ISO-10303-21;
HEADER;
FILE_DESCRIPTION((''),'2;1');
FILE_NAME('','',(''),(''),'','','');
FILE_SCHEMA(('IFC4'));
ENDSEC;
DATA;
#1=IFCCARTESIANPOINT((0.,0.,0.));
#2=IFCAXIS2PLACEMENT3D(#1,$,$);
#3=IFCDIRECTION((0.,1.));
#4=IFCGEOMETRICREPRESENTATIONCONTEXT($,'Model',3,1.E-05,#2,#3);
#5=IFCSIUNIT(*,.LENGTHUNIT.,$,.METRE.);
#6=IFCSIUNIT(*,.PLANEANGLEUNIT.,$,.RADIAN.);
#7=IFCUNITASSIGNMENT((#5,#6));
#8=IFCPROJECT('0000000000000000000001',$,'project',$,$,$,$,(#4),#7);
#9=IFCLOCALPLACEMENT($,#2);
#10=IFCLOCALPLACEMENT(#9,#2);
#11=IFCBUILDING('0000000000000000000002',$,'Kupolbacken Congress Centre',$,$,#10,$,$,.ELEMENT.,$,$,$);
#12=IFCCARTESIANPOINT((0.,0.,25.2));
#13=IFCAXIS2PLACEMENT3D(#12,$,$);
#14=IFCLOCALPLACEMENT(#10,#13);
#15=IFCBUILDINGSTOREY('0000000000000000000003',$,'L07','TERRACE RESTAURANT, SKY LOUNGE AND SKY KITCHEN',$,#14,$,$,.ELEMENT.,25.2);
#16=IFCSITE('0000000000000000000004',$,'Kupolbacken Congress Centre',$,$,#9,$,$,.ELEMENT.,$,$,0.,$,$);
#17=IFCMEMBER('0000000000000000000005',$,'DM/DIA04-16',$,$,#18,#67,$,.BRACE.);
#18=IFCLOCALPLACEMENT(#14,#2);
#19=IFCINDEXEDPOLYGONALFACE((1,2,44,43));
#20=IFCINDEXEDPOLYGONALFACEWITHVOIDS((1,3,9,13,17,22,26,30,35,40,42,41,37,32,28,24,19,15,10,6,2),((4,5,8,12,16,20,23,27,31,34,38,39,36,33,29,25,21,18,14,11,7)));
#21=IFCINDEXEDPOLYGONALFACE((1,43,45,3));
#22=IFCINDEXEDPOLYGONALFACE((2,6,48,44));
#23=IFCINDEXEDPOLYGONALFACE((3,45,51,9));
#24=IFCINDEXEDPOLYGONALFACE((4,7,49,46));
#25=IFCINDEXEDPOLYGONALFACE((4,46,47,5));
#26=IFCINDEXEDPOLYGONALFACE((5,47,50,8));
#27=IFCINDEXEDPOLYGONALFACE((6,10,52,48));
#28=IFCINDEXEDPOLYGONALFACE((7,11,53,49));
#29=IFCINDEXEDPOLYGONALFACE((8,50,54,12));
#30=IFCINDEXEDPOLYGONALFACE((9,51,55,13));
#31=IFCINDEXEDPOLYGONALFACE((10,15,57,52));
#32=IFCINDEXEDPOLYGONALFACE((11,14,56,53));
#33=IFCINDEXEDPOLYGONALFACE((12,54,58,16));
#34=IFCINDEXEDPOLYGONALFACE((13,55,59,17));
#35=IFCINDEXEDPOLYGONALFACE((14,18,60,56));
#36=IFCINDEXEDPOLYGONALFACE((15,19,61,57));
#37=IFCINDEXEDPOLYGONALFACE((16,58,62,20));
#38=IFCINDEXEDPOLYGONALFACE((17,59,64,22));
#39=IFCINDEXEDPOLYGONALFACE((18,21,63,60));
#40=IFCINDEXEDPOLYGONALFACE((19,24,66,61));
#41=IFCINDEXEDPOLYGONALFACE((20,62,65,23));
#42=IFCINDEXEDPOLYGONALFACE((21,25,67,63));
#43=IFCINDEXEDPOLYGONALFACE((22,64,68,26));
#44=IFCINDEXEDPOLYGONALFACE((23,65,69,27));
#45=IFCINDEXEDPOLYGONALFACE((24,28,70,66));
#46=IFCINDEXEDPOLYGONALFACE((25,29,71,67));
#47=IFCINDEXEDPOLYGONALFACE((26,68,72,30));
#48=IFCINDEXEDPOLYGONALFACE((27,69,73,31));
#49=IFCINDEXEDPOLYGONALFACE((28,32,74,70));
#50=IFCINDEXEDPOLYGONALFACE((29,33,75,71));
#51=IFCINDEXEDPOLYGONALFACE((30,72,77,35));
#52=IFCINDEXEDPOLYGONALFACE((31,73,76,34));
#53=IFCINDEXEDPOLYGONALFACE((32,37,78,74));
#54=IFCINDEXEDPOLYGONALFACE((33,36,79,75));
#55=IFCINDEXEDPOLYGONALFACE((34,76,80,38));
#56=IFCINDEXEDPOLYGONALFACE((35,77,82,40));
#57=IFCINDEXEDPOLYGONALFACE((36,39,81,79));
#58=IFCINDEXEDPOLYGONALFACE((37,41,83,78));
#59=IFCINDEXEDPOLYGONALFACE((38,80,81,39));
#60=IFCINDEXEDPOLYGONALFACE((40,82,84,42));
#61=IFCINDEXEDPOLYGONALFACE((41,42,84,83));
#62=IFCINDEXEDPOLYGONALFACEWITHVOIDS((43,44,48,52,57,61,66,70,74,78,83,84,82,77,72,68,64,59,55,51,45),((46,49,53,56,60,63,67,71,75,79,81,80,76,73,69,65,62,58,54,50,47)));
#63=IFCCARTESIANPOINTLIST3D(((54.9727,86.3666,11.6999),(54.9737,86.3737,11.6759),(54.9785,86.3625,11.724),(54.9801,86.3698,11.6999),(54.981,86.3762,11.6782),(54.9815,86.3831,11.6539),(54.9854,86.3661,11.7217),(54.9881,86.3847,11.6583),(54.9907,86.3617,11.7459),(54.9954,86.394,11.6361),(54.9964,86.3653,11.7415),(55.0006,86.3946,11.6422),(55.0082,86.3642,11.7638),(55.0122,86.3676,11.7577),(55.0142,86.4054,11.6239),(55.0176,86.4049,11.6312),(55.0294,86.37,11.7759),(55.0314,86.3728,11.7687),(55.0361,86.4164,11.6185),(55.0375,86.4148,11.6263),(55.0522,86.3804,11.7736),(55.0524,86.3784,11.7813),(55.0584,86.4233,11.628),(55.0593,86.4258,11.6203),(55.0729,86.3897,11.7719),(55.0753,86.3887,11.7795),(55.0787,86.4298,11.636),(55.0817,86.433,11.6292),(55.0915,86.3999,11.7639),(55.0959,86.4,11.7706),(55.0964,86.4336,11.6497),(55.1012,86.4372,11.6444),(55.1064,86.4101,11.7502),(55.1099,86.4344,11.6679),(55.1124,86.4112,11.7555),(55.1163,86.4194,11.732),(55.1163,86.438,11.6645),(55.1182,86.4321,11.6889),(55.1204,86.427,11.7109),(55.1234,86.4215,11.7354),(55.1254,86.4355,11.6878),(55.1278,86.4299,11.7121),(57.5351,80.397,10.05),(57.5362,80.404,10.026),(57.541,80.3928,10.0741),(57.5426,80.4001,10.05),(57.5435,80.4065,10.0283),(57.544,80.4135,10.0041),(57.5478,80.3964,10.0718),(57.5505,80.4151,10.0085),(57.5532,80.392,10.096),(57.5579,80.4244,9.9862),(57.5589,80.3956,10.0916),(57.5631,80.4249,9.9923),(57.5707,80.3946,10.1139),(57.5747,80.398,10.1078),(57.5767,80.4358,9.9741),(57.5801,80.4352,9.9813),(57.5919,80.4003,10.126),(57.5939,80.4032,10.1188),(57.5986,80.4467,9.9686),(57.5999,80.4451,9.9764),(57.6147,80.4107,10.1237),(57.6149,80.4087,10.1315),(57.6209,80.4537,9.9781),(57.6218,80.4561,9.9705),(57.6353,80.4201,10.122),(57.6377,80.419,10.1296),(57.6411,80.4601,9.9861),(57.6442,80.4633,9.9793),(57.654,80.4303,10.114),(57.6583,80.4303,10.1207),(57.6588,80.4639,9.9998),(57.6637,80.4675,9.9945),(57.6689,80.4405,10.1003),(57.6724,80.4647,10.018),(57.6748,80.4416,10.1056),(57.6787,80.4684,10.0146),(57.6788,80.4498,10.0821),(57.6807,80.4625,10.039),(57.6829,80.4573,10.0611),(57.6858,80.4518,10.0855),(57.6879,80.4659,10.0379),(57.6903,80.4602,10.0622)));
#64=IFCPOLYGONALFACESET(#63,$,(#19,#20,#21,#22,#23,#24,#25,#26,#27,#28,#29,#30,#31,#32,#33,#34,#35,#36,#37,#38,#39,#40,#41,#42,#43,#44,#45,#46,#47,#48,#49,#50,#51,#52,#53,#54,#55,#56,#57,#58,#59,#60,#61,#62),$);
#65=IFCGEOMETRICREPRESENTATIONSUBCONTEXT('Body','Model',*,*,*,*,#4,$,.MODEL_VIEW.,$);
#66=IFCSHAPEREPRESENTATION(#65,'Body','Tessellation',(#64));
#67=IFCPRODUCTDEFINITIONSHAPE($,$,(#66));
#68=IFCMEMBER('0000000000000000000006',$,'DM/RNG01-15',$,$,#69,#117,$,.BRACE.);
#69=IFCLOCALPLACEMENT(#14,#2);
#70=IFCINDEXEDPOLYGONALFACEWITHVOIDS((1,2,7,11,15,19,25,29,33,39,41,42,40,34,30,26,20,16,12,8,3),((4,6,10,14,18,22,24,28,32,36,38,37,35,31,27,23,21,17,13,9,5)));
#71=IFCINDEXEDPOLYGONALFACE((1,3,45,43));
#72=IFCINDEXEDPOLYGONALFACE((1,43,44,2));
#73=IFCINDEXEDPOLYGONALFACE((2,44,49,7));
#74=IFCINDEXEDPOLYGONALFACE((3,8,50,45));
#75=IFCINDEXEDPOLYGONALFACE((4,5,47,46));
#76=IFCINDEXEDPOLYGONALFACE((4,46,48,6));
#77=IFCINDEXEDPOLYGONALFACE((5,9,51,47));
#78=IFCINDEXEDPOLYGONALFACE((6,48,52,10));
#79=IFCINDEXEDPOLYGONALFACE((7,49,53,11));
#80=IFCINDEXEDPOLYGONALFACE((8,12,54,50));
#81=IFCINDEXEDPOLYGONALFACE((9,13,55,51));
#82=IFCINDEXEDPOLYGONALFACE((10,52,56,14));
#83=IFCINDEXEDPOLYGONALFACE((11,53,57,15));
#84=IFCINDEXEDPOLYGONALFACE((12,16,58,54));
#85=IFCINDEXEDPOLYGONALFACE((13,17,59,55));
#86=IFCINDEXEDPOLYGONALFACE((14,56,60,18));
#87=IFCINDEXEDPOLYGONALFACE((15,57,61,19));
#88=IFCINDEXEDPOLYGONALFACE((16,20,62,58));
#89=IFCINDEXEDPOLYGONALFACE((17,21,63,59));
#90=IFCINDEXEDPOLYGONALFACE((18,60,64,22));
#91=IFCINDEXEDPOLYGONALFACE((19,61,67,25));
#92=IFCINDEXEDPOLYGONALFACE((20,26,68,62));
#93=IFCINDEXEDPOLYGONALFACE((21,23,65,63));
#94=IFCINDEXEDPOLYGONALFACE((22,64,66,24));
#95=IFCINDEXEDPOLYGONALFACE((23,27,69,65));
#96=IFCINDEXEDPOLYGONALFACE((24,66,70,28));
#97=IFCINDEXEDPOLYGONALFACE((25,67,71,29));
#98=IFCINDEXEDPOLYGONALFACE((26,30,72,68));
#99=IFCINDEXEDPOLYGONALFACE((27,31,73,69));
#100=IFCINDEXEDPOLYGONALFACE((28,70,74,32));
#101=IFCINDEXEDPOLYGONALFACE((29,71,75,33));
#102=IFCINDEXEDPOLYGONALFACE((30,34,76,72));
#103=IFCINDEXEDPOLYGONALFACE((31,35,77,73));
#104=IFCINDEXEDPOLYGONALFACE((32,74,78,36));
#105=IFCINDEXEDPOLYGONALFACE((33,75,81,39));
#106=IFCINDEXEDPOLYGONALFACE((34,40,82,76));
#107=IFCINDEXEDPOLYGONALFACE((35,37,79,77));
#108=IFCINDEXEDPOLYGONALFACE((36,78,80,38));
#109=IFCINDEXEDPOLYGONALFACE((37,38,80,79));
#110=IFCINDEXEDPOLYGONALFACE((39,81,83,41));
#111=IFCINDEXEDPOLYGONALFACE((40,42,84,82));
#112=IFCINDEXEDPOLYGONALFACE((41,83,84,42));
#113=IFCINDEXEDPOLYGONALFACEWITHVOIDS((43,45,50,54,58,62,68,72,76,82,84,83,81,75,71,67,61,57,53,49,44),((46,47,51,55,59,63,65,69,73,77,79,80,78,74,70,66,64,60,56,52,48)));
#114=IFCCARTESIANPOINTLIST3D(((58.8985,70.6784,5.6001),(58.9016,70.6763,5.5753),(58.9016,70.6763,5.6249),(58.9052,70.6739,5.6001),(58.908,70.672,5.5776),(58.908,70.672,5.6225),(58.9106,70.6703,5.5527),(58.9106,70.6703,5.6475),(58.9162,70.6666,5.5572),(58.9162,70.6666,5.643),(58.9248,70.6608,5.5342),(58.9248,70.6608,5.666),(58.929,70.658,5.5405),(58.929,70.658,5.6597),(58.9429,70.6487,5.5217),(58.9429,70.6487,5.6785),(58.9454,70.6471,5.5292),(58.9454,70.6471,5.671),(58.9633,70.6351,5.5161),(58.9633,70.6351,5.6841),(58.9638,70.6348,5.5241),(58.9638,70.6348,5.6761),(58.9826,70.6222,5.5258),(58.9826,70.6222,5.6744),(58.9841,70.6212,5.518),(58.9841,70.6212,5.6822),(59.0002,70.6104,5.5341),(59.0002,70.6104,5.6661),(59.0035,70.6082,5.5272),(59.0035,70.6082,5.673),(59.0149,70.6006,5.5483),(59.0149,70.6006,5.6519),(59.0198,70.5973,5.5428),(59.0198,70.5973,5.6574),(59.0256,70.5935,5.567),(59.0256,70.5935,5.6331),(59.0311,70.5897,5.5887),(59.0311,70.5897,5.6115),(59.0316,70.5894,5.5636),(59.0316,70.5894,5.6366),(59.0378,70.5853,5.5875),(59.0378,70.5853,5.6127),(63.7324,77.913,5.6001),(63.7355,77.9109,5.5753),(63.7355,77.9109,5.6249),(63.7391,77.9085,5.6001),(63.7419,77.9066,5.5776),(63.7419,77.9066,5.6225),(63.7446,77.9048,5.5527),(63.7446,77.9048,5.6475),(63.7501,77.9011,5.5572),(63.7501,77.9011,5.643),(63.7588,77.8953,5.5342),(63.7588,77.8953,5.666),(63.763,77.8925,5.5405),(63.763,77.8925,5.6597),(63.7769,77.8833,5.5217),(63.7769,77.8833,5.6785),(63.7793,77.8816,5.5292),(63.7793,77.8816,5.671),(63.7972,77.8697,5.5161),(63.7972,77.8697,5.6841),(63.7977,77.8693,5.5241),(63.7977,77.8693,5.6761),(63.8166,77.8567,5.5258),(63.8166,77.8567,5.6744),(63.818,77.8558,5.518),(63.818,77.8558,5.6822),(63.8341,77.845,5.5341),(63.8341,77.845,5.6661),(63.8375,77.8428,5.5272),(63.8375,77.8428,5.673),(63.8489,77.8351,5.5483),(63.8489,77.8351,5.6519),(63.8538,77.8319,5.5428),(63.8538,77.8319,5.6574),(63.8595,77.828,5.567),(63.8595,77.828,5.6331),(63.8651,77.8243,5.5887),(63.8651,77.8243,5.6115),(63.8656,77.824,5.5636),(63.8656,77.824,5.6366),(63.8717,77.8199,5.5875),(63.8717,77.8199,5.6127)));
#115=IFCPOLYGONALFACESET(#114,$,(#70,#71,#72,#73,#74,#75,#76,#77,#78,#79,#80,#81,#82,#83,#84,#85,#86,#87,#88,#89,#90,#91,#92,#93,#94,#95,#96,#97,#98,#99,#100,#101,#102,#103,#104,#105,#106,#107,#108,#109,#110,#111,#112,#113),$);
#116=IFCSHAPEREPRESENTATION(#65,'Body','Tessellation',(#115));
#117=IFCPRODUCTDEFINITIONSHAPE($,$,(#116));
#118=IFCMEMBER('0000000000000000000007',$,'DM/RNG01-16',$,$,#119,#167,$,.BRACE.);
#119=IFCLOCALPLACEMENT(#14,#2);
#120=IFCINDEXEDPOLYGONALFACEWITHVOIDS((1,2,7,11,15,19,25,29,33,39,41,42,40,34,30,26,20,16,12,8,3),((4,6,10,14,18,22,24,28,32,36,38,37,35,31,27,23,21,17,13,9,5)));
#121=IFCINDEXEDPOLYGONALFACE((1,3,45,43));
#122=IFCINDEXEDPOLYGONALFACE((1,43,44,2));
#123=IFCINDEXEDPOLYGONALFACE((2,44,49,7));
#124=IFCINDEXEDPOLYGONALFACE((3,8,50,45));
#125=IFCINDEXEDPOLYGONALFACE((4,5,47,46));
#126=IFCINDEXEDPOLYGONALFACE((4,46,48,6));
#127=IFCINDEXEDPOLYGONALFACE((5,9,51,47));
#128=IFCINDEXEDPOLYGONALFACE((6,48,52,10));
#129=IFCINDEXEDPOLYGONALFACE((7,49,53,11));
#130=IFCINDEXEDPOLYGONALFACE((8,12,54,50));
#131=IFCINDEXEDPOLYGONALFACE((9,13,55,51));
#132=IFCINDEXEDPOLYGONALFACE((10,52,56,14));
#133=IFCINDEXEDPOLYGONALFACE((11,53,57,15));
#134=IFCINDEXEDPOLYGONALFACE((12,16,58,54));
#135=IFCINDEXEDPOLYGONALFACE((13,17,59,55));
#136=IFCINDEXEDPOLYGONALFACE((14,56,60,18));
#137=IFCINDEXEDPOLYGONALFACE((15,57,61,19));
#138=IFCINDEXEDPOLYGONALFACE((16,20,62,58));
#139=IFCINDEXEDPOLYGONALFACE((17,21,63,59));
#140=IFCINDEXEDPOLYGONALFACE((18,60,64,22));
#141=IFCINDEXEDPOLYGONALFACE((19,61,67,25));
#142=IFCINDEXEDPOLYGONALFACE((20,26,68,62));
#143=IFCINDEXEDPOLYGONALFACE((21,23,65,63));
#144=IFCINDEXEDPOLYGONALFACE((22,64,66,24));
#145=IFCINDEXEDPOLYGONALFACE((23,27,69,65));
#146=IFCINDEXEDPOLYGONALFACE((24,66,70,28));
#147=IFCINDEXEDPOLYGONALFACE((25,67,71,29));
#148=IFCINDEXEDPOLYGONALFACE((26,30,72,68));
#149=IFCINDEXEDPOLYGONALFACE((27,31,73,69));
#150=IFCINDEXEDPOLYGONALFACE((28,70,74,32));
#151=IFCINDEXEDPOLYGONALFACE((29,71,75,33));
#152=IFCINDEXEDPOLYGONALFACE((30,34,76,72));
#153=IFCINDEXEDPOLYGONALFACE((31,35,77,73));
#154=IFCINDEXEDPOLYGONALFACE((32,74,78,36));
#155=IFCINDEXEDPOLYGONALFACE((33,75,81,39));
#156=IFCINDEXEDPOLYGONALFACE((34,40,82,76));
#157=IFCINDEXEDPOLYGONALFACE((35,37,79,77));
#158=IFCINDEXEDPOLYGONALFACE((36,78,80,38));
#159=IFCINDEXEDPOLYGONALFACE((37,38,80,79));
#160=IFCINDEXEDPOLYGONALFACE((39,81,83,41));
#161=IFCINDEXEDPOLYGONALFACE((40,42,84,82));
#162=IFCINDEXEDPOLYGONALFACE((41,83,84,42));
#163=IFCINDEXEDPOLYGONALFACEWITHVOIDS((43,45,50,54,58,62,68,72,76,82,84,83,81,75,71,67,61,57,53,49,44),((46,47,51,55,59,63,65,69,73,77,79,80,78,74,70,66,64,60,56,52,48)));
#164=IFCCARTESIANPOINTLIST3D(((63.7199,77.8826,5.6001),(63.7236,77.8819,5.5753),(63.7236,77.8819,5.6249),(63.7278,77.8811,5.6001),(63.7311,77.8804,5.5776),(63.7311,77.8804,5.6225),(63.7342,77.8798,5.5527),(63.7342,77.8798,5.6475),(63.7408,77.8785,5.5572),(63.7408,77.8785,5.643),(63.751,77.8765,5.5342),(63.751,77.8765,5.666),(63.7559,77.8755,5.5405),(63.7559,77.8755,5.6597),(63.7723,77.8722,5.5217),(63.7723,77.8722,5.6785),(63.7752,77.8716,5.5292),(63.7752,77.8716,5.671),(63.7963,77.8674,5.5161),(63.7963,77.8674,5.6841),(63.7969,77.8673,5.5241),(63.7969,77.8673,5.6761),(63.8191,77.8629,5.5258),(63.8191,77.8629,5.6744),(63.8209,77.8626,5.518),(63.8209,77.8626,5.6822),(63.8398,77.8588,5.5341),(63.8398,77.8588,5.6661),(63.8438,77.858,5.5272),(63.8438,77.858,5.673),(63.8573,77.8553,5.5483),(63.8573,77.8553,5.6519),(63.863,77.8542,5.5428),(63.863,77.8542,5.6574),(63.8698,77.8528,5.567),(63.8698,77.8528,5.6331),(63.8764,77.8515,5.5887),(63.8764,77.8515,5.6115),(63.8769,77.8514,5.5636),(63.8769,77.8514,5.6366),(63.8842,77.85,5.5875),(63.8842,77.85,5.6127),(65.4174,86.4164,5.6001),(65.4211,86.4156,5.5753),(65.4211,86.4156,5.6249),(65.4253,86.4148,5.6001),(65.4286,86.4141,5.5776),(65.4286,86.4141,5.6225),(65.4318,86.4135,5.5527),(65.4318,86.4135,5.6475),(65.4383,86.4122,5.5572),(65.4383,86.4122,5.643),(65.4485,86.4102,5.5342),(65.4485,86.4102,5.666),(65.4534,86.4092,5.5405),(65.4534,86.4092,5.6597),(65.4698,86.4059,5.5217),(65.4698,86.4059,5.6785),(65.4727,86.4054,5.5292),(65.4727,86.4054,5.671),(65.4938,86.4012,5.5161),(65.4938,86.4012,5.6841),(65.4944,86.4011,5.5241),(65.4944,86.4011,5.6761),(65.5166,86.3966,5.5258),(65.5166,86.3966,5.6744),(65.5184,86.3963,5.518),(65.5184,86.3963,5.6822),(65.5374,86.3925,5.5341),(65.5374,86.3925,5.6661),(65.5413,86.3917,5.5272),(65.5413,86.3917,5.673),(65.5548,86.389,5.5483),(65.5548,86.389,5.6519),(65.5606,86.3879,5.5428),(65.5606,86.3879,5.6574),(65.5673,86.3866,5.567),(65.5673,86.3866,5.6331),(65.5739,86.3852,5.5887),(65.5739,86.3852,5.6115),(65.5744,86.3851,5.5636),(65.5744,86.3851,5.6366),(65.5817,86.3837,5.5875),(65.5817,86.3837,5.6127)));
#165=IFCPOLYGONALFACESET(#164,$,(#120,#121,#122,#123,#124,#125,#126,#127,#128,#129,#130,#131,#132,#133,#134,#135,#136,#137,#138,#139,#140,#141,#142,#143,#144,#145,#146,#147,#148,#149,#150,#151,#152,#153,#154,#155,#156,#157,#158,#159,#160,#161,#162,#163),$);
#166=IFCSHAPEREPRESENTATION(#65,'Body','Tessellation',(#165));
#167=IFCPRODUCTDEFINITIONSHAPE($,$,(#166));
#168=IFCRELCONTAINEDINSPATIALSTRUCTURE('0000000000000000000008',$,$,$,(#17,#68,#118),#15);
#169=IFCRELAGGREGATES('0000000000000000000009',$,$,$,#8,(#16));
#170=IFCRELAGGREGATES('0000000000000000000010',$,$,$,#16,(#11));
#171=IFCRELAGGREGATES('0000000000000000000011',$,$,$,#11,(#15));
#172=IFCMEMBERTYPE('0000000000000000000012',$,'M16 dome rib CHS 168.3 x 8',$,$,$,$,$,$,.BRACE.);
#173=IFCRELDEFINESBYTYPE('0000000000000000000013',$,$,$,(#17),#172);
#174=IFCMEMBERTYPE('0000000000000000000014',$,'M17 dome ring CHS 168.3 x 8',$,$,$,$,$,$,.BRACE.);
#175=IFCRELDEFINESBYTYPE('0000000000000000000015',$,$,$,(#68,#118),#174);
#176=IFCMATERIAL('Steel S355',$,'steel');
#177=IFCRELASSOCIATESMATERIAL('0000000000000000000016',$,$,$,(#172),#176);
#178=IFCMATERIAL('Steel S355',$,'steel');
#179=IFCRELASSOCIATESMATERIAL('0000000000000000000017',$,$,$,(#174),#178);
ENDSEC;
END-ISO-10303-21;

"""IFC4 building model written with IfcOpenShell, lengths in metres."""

from ifc_helpers import new_model, si_unit, direction, frame, origin, origin_2d, place, context, subcontext, project, spatial, hollow_circle, extrude, material, material_profile, profile_set, type_object, element, save


model = new_model("IFC4")

# Units and contexts
model_context = context("Model", 3, precision=1e-05, world=origin(), true_north=direction((0.0, 1.0)))
body_context = subcontext(model_context, "Body", "Model", "MODEL_VIEW")
ifc_project = project(units=[si_unit("LENGTHUNIT", "METRE"), si_unit("PLANEANGLEUNIT", "RADIAN")], contexts=[model_context])

# Site, building, storey
site_placement = place(None, origin())
site = spatial("IfcSite", under=ifc_project, at=site_placement, Name="Kupolbacken Congress Centre", CompositionType="ELEMENT", RefElevation=0.0)
building_placement = place(site_placement, origin())
building = spatial("IfcBuilding", under=site, at=building_placement, Name="Kupolbacken Congress Centre", CompositionType="ELEMENT")
storey_placement = place(building_placement, frame((0.0, 0.0, 25.2)))
storey = spatial("IfcBuildingStorey", under=building, at=storey_placement, Name="L07", Description="TERRACE RESTAURANT, SKY LOUNGE AND SKY KITCHEN", CompositionType="ELEMENT", Elevation=25.2)

# Members
ifc_material_1 = material(Name="Steel S355", Category="steel")
ifc_material_profile_1 = material_profile(ifc_material_1, hollow_circle(Radius=0.0842, WallThickness=0.0081, at=origin_2d()), Name="CHS 168.3 x 8")
ifc_profile_set_1 = profile_set([ifc_material_profile_1], Name="Steel S355")
member_type_1 = type_object("IfcMemberType", Name="M16 dome rib CHS 168.3 x 8", PredefinedType="BRACE", material=ifc_profile_set_1)
member_1_placement = place(storey_placement, frame((57.6125, 80.4302, 10.05), z_axis=(-0.382308, 0.890645, 0.246155), x_axis=(-0.918919, -0.394445, 0.0)))
element("IfcMember", 1, at=member_1_placement, inside=storey, type_object=member_type_1, Name="DM/DIA04-16", PredefinedType="BRACE", context=body_context, shape_type="SweptSolid", body=[
    extrude(hollow_circle(Radius=0.0842, WallThickness=0.0081, at=origin_2d()), origin(), (0.0, 0.0, 1.0), 6.7026),
])
ifc_material_2 = material(Name="Steel S355", Category="steel")
ifc_material_profile_2 = material_profile(ifc_material_2, hollow_circle(Radius=0.0842, WallThickness=0.0081, at=origin_2d()), Name="CHS 168.3 x 8")
ifc_profile_set_2 = profile_set([ifc_material_profile_2], Name="Steel S355")
member_type_2 = type_object("IfcMemberType", Name="M17 dome ring CHS 168.3 x 8", PredefinedType="BRACE", material=ifc_profile_set_2)
for number, where, z_axis, x_axis, name in (
    (2, (58.9685, 70.6316, 5.6001), (0.555568, 0.831471, 0.0), (-0.831471, 0.555568, 0.0), "DM/RNG01-15"),
    (3, (63.8025, 77.8662, 5.6001), (0.195096, 0.980784, 0.0), (-0.980784, 0.195096, 0.0), "DM/RNG01-16"),
):
    element("IfcMember", number, at=place(storey_placement, frame(where, z_axis=z_axis, x_axis=x_axis)), inside=storey, type_object=member_type_2, Name=name, PredefinedType="BRACE", context=body_context, shape_type="SweptSolid", body=[
        extrude(hollow_circle(Radius=0.0842, WallThickness=0.0081, at=origin_2d()), origin(), (0.0, 0.0, 1.0), 8.7009),
    ])

save(model, "model.ifc")
